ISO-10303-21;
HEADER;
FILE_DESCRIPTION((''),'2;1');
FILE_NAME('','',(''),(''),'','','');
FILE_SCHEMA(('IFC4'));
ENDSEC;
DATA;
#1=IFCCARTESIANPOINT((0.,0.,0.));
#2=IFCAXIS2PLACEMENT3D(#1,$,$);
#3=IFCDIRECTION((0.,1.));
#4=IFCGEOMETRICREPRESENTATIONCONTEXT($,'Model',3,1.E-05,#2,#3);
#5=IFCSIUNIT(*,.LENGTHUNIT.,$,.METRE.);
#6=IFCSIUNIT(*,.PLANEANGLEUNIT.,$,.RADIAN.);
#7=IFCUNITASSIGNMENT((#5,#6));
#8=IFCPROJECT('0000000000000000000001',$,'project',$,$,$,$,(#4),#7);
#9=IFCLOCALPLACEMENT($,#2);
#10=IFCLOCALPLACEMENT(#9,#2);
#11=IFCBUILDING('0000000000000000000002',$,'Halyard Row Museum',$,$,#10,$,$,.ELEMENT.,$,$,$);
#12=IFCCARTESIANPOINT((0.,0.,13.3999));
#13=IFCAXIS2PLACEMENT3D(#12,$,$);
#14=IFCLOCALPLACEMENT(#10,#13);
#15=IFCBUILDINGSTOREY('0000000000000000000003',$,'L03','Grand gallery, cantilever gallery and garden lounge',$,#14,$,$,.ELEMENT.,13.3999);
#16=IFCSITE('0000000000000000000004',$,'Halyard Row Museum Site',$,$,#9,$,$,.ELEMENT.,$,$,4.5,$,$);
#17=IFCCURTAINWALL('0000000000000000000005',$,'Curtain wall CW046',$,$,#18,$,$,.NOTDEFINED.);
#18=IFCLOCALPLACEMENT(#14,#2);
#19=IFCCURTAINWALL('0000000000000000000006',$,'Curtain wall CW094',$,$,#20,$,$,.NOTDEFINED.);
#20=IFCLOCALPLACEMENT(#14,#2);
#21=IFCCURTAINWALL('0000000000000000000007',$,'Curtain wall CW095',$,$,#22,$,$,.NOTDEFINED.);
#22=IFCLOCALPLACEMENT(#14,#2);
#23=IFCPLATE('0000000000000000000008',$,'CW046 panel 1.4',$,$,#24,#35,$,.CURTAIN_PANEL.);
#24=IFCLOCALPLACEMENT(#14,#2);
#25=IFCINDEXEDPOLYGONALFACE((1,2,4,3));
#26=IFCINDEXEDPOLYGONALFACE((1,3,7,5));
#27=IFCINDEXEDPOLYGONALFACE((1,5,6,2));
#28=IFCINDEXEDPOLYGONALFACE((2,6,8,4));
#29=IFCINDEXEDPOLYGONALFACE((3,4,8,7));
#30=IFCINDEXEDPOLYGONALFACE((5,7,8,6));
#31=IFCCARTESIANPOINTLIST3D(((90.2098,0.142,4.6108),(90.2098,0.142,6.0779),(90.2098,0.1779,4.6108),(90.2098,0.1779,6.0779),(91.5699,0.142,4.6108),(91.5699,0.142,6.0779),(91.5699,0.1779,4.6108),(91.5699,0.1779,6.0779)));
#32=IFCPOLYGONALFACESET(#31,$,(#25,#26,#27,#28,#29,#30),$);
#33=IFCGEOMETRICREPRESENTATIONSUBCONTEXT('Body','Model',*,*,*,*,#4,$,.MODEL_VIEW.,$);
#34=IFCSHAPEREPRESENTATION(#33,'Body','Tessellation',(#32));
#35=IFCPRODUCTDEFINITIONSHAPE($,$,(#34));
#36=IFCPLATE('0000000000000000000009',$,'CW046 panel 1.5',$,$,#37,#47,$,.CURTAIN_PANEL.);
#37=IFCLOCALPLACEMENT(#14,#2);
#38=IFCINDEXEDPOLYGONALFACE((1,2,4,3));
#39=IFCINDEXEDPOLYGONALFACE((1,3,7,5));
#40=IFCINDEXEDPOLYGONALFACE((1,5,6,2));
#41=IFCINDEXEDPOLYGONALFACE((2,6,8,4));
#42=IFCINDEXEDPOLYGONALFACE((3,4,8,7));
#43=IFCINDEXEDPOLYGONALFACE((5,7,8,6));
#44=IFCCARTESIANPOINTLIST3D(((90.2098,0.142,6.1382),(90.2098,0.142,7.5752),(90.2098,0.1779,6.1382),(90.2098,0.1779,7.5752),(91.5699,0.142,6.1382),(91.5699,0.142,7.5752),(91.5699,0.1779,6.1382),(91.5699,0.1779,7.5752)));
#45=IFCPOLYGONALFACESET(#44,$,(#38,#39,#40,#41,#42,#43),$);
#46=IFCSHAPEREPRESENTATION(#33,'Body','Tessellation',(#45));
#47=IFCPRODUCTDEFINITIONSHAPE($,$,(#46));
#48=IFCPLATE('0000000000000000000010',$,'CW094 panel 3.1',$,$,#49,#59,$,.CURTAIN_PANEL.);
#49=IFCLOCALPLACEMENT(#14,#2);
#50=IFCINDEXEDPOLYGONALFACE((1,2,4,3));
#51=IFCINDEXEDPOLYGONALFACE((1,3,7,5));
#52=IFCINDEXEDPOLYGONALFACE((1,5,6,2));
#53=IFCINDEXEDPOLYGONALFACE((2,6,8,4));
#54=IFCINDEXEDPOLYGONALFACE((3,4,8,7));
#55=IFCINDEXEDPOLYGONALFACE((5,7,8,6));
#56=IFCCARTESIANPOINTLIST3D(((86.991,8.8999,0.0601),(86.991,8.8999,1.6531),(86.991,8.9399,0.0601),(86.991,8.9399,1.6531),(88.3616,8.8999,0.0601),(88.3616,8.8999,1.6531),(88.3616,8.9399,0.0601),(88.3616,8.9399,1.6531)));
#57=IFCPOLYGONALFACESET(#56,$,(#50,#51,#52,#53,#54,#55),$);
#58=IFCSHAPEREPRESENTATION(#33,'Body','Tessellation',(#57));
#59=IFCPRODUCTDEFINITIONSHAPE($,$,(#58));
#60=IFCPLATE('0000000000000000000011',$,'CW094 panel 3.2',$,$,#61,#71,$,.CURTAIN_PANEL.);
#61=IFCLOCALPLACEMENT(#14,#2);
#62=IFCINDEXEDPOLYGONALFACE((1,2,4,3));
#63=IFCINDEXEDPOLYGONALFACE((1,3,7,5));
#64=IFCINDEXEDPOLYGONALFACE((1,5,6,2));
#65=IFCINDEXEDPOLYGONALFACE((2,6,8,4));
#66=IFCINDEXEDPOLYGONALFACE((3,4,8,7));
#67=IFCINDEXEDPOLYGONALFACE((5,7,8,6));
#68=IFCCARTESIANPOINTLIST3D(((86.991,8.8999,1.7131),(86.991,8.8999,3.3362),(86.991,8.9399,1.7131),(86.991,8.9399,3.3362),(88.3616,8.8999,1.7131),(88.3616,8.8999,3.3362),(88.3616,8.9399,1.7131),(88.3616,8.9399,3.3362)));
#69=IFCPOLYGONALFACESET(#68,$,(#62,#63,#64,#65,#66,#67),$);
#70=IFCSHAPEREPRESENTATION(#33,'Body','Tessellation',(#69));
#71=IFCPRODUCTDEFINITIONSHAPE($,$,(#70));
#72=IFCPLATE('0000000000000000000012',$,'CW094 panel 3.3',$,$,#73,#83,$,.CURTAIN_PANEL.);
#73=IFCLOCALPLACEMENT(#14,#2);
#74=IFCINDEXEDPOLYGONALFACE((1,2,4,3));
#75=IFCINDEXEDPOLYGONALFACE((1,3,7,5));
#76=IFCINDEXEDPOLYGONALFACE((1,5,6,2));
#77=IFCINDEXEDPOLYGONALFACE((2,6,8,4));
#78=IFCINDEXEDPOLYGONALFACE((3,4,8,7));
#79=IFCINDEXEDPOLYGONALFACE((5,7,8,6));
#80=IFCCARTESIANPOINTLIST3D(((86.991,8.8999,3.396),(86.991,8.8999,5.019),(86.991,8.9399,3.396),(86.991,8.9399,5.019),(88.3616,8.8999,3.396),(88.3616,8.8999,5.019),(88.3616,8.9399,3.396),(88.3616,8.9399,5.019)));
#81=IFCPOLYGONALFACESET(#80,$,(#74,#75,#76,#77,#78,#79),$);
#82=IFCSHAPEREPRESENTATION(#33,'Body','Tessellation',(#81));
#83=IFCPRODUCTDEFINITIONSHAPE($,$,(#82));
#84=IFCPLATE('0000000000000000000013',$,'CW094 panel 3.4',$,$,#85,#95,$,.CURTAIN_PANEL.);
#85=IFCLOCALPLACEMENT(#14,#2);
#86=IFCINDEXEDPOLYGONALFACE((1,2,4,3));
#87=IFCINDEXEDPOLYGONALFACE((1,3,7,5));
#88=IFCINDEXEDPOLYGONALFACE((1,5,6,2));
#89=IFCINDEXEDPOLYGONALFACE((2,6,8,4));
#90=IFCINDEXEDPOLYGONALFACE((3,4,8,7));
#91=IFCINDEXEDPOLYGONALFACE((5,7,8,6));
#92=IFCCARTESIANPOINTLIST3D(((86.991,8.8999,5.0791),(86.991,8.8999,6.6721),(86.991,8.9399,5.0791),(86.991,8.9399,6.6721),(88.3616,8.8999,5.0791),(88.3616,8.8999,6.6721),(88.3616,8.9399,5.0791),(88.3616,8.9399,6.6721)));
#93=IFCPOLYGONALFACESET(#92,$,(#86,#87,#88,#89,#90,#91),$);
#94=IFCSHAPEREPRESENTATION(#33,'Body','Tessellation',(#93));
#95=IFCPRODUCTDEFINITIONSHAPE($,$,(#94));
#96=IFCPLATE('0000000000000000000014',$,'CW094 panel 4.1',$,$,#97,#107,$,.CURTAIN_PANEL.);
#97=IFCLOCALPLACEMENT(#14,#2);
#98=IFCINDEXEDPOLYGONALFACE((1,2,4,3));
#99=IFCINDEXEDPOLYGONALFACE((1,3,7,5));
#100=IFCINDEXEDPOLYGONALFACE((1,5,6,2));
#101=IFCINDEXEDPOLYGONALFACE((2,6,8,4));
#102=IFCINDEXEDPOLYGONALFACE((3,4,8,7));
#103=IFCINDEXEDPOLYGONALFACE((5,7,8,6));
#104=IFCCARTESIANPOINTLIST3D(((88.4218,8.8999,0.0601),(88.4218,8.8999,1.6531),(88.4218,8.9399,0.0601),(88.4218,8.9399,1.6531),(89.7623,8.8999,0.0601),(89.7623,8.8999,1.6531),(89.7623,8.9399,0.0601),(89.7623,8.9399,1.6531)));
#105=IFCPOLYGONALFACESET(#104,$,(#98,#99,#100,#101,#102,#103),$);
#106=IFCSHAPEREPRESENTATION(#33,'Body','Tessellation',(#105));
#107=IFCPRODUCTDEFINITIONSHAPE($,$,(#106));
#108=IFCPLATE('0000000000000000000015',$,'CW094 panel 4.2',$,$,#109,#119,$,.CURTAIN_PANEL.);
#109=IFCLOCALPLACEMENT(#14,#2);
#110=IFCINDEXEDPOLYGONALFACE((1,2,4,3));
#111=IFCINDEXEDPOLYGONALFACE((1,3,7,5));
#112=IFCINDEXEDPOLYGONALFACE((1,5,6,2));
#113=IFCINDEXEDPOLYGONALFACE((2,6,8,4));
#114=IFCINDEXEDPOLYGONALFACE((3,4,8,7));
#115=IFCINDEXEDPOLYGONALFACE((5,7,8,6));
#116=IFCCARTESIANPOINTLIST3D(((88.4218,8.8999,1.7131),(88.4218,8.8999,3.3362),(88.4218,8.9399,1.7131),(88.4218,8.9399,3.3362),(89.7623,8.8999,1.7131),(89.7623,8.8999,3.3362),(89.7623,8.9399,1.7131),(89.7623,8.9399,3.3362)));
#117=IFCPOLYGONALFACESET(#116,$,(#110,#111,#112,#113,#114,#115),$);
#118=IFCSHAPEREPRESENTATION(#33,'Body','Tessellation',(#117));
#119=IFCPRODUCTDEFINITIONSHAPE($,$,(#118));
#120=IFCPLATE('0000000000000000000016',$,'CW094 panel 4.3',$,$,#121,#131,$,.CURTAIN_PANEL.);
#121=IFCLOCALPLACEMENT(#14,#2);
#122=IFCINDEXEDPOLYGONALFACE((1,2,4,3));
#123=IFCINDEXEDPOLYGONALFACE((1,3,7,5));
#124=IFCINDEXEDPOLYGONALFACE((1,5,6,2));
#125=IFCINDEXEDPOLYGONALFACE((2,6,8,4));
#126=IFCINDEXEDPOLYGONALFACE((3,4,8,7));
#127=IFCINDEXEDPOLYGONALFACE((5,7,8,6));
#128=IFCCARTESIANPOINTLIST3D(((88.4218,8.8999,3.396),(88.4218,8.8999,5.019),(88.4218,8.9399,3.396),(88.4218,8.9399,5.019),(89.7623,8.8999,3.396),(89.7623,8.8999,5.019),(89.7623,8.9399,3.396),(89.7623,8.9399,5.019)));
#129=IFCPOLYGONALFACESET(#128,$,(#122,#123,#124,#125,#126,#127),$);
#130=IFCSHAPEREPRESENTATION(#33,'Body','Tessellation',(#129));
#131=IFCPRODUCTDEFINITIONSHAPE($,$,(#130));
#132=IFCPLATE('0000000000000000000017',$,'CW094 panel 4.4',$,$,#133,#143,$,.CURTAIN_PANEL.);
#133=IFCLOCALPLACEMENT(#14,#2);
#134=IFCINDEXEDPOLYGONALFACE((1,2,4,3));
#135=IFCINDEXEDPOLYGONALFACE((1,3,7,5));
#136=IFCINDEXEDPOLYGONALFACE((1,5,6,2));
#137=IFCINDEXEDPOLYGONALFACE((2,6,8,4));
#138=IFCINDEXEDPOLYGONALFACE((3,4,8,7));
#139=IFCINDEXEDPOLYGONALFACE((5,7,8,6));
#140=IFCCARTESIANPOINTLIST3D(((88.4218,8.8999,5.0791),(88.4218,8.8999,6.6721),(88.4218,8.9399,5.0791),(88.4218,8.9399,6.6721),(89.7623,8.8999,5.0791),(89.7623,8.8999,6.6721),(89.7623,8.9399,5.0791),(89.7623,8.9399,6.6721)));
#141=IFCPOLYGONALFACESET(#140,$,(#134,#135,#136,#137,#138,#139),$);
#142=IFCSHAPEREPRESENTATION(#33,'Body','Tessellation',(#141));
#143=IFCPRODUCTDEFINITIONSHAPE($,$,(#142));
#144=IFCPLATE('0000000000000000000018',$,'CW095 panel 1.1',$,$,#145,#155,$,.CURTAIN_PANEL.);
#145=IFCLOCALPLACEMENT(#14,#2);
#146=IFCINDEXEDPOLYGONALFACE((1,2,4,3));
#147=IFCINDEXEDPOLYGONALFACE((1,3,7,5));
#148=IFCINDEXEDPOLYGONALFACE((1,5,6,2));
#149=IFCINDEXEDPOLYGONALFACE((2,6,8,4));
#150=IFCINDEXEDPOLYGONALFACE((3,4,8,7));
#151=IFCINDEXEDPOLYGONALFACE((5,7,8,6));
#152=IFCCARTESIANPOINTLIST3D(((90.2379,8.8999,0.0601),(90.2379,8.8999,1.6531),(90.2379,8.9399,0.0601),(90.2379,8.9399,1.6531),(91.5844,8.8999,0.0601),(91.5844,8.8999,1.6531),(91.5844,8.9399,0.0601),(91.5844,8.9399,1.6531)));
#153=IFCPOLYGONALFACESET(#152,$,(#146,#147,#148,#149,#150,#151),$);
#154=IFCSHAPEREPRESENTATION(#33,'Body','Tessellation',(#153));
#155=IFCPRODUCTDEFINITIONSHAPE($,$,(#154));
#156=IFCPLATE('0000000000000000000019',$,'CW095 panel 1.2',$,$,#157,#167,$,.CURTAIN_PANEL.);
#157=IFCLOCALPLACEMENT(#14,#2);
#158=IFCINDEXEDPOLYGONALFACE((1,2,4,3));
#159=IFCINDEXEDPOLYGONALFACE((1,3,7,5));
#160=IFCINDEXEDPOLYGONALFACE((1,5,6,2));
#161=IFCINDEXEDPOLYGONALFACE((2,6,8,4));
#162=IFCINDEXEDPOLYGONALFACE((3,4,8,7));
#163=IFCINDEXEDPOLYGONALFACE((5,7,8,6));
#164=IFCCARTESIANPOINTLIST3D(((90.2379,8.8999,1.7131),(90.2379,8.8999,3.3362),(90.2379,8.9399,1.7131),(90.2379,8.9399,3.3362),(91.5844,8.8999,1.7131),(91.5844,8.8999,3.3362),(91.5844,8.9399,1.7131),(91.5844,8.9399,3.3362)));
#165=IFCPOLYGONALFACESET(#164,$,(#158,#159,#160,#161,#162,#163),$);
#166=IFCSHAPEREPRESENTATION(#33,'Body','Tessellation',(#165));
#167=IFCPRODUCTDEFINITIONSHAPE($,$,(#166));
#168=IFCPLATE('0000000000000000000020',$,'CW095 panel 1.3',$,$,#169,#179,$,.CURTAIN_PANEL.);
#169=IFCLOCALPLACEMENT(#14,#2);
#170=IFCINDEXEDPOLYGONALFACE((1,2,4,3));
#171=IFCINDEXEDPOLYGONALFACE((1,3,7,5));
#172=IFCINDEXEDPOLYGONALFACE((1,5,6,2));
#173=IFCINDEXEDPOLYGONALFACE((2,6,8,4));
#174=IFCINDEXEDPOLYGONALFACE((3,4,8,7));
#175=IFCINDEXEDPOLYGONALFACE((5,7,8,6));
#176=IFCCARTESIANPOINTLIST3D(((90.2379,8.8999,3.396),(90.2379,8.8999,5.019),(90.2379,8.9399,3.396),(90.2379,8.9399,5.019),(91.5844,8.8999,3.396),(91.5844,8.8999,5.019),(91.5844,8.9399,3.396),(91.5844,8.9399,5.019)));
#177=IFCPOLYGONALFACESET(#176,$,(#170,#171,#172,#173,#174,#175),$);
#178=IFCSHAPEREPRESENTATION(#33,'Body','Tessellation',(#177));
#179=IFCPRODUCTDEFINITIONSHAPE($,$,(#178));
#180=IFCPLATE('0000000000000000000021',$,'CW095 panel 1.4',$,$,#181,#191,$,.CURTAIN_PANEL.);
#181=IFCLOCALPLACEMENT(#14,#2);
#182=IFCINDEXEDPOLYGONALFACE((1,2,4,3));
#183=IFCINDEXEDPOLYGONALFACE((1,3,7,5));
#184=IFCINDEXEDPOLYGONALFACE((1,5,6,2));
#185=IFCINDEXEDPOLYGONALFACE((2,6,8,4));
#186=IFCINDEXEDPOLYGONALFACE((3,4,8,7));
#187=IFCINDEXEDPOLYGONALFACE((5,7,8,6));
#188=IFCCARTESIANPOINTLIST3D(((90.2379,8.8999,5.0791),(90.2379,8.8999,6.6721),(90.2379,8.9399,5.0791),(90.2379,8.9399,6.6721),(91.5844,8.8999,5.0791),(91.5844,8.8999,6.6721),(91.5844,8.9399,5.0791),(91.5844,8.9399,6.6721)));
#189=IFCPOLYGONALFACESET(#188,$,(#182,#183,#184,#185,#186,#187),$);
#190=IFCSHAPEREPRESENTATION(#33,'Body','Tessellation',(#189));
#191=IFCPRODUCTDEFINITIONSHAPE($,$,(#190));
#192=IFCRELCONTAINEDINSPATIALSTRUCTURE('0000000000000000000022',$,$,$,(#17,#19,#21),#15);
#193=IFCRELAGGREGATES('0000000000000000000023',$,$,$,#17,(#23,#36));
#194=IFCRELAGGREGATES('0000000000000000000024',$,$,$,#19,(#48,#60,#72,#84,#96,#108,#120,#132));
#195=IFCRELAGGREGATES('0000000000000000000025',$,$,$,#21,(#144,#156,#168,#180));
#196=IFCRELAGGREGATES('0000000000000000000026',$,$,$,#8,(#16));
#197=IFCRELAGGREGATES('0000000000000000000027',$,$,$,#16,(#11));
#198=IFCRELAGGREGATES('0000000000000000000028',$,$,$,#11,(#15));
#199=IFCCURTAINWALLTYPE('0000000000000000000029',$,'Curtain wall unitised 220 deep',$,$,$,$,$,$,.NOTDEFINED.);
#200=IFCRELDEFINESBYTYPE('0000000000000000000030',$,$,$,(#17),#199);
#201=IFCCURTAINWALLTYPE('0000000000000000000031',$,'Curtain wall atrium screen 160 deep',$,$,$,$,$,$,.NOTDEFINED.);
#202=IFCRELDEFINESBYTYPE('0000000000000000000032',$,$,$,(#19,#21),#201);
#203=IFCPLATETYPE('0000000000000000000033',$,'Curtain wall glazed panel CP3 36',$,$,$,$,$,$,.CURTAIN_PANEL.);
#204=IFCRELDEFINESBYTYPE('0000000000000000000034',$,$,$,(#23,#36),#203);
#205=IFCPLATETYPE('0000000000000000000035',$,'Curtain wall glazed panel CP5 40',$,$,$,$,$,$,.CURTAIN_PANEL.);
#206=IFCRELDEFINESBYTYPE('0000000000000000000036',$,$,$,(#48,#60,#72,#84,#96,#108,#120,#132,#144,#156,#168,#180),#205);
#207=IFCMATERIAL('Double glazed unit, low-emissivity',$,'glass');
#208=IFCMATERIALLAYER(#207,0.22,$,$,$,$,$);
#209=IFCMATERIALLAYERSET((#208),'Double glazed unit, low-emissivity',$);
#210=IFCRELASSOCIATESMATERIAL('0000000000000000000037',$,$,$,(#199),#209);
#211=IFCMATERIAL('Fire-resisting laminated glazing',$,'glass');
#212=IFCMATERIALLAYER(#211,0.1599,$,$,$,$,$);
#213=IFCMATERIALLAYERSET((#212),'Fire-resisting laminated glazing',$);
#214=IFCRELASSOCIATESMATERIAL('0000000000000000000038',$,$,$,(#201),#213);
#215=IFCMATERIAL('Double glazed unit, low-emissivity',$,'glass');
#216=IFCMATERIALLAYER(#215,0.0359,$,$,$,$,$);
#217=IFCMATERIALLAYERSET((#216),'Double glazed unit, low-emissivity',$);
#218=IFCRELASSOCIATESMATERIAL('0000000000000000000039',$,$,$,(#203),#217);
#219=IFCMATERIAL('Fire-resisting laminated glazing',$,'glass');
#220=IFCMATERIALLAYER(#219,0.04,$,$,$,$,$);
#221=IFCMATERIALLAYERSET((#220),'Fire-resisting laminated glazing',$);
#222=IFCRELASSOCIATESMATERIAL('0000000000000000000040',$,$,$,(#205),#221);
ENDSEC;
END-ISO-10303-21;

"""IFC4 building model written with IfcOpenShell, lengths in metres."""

from ifc_helpers import new_model, si_unit, direction, frame, origin, origin_2d, place, context, subcontext, project, spatial, rectangle, extrude, material, layer, layer_set, type_object, element, aggregate, save


model = new_model("IFC4")

# Units and contexts
model_context = context("Model", 3, precision=1e-05, world=origin(), true_north=direction((0.0, 1.0)))
body_context = subcontext(model_context, "Body", "Model", "MODEL_VIEW")
ifc_project = project(units=[si_unit("LENGTHUNIT", "METRE"), si_unit("PLANEANGLEUNIT", "RADIAN")], contexts=[model_context])

# Site, building, storey
site_placement = place(None, origin())
site = spatial("IfcSite", under=ifc_project, at=site_placement, Name="Halyard Row Museum Site", CompositionType="ELEMENT", RefElevation=4.5)
building_placement = place(site_placement, origin())
building = spatial("IfcBuilding", under=site, at=building_placement, Name="Halyard Row Museum", CompositionType="ELEMENT")
storey_placement = place(building_placement, frame((0.0, 0.0, 13.3999)))
storey = spatial("IfcBuildingStorey", under=building, at=storey_placement, Name="L03", Description="Grand gallery, cantilever gallery and garden lounge", CompositionType="ELEMENT", Elevation=13.3999)

# Curtain wall
ifc_material_1 = material(Name="Double glazed unit, low-emissivity", Category="glass")
ifc_layer_1 = layer(ifc_material_1, 0.22)
ifc_layer_set_1 = layer_set([ifc_layer_1], Name="Double glazed unit, low-emissivity")
curtain_wall_type_1 = type_object("IfcCurtainWallType", Name="Curtain wall unitised 220 deep", PredefinedType="NOTDEFINED", material=ifc_layer_set_1)
curtain_wall_1_placement = place(storey_placement, origin())
curtain_wall_1 = element("IfcCurtainWall", 1, at=curtain_wall_1_placement, inside=storey, type_object=curtain_wall_type_1, Name="Curtain wall CW046", PredefinedType="NOTDEFINED")

# Curtain walls
ifc_material_2 = material(Name="Fire-resisting laminated glazing", Category="glass")
ifc_layer_2 = layer(ifc_material_2, 0.1599)
ifc_layer_set_2 = layer_set([ifc_layer_2], Name="Fire-resisting laminated glazing")
curtain_wall_type_2 = type_object("IfcCurtainWallType", Name="Curtain wall atrium screen 160 deep", PredefinedType="NOTDEFINED", material=ifc_layer_set_2)
curtain_wall_2_placement = place(storey_placement, origin())
curtain_wall_2 = element("IfcCurtainWall", 2, at=curtain_wall_2_placement, inside=storey, type_object=curtain_wall_type_2, Name="Curtain wall CW094", PredefinedType="NOTDEFINED")
curtain_wall_3_placement = place(storey_placement, origin())
curtain_wall_3 = element("IfcCurtainWall", 3, at=curtain_wall_3_placement, inside=storey, type_object=curtain_wall_type_2, Name="Curtain wall CW095", PredefinedType="NOTDEFINED")

# Plates
ifc_material_3 = material(Name="Double glazed unit, low-emissivity", Category="glass")
ifc_layer_3 = layer(ifc_material_3, 0.0359)
ifc_layer_set_3 = layer_set([ifc_layer_3], Name="Double glazed unit, low-emissivity")
plate_type_1 = type_object("IfcPlateType", Name="Curtain wall glazed panel CP3 36", PredefinedType="CURTAIN_PANEL", material=ifc_layer_set_3)
plate_1_placement = place(storey_placement, frame((90.8899, 0.1599, 4.6108), z_axis=(0.0, 0.0, 1.0), x_axis=(1.0, 0.0, 0.0)))
plate_1 = element("IfcPlate", 4, at=plate_1_placement, type_object=plate_type_1, Name="CW046 panel 1.4", PredefinedType="CURTAIN_PANEL", context=body_context, shape_type="SweptSolid", body=[
    extrude(rectangle(XDim=1.3601, YDim=0.0359, at=origin_2d()), origin(), (0.0, 0.0, 1.0), 1.467),
])
plate_2_placement = place(storey_placement, frame((90.8899, 0.1599, 6.1382), z_axis=(0.0, 0.0, 1.0), x_axis=(1.0, 0.0, 0.0)))
plate_2 = element("IfcPlate", 5, at=plate_2_placement, type_object=plate_type_1, Name="CW046 panel 1.5", PredefinedType="CURTAIN_PANEL", context=body_context, shape_type="SweptSolid", body=[
    extrude(rectangle(XDim=1.3601, YDim=0.0359, at=origin_2d()), origin(), (0.0, 0.0, 1.0), 1.437),
])
aggregate(curtain_wall_1, [plate_1, plate_2])
ifc_material_4 = material(Name="Fire-resisting laminated glazing", Category="glass")
ifc_layer_4 = layer(ifc_material_4, 0.04)
ifc_layer_set_4 = layer_set([ifc_layer_4], Name="Fire-resisting laminated glazing")
plate_type_2 = type_object("IfcPlateType", Name="Curtain wall glazed panel CP5 40", PredefinedType="CURTAIN_PANEL", material=ifc_layer_set_4)
plate_3_placement = place(storey_placement, frame((87.6763, 8.9199, 0.0601), z_axis=(0.0, 0.0, 1.0), x_axis=(1.0, 0.0, 0.0)))
plate_3 = element("IfcPlate", 6, at=plate_3_placement, type_object=plate_type_2, Name="CW094 panel 3.1", PredefinedType="CURTAIN_PANEL", context=body_context, shape_type="SweptSolid", body=[
    extrude(rectangle(XDim=1.3706, YDim=0.04, at=origin_2d()), origin(), (0.0, 0.0, 1.0), 1.593),
])
plate_4_placement = place(storey_placement, frame((87.6763, 8.9199, 1.7131), z_axis=(0.0, 0.0, 1.0), x_axis=(1.0, 0.0, 0.0)))
plate_4 = element("IfcPlate", 7, at=plate_4_placement, type_object=plate_type_2, Name="CW094 panel 3.2", PredefinedType="CURTAIN_PANEL", context=body_context, shape_type="SweptSolid", body=[
    extrude(rectangle(XDim=1.3706, YDim=0.04, at=origin_2d()), origin(), (0.0, 0.0, 1.0), 1.623),
])
plate_5_placement = place(storey_placement, frame((87.6763, 8.9199, 3.396), z_axis=(0.0, 0.0, 1.0), x_axis=(1.0, 0.0, 0.0)))
plate_5 = element("IfcPlate", 8, at=plate_5_placement, type_object=plate_type_2, Name="CW094 panel 3.3", PredefinedType="CURTAIN_PANEL", context=body_context, shape_type="SweptSolid", body=[
    extrude(rectangle(XDim=1.3706, YDim=0.04, at=origin_2d()), origin(), (0.0, 0.0, 1.0), 1.623),
])
plate_6_placement = place(storey_placement, frame((87.6763, 8.9199, 5.0791), z_axis=(0.0, 0.0, 1.0), x_axis=(1.0, 0.0, 0.0)))
plate_6 = element("IfcPlate", 9, at=plate_6_placement, type_object=plate_type_2, Name="CW094 panel 3.4", PredefinedType="CURTAIN_PANEL", context=body_context, shape_type="SweptSolid", body=[
    extrude(rectangle(XDim=1.3706, YDim=0.04, at=origin_2d()), origin(), (0.0, 0.0, 1.0), 1.593),
])
plate_7_placement = place(storey_placement, frame((89.092, 8.9199, 0.0601), z_axis=(0.0, 0.0, 1.0), x_axis=(1.0, 0.0, 0.0)))
plate_7 = element("IfcPlate", 10, at=plate_7_placement, type_object=plate_type_2, Name="CW094 panel 4.1", PredefinedType="CURTAIN_PANEL", context=body_context, shape_type="SweptSolid", body=[
    extrude(rectangle(XDim=1.3406, YDim=0.04, at=origin_2d()), origin(), (0.0, 0.0, 1.0), 1.593),
])
plate_8_placement = place(storey_placement, frame((89.092, 8.9199, 1.7131), z_axis=(0.0, 0.0, 1.0), x_axis=(1.0, 0.0, 0.0)))
plate_8 = element("IfcPlate", 11, at=plate_8_placement, type_object=plate_type_2, Name="CW094 panel 4.2", PredefinedType="CURTAIN_PANEL", context=body_context, shape_type="SweptSolid", body=[
    extrude(rectangle(XDim=1.3406, YDim=0.04, at=origin_2d()), origin(), (0.0, 0.0, 1.0), 1.623),
])
plate_9_placement = place(storey_placement, frame((89.092, 8.9199, 3.396), z_axis=(0.0, 0.0, 1.0), x_axis=(1.0, 0.0, 0.0)))
plate_9 = element("IfcPlate", 12, at=plate_9_placement, type_object=plate_type_2, Name="CW094 panel 4.3", PredefinedType="CURTAIN_PANEL", context=body_context, shape_type="SweptSolid", body=[
    extrude(rectangle(XDim=1.3406, YDim=0.04, at=origin_2d()), origin(), (0.0, 0.0, 1.0), 1.623),
])
plate_10_placement = place(storey_placement, frame((89.092, 8.9199, 5.0791), z_axis=(0.0, 0.0, 1.0), x_axis=(1.0, 0.0, 0.0)))
plate_10 = element("IfcPlate", 13, at=plate_10_placement, type_object=plate_type_2, Name="CW094 panel 4.4", PredefinedType="CURTAIN_PANEL", context=body_context, shape_type="SweptSolid", body=[
    extrude(rectangle(XDim=1.3406, YDim=0.04, at=origin_2d()), origin(), (0.0, 0.0, 1.0), 1.593),
])
aggregate(curtain_wall_2, [plate_3, plate_4, plate_5, plate_6, plate_7, plate_8, plate_9, plate_10])
plate_11_placement = place(storey_placement, frame((90.9111, 8.9199, 0.0601), z_axis=(0.0, 0.0, 1.0), x_axis=(1.0, 0.0, 0.0)))
plate_11 = element("IfcPlate", 14, at=plate_11_placement, type_object=plate_type_2, Name="CW095 panel 1.1", PredefinedType="CURTAIN_PANEL", context=body_context, shape_type="SweptSolid", body=[
    extrude(rectangle(XDim=1.3464, YDim=0.04, at=origin_2d()), origin(), (0.0, 0.0, 1.0), 1.593),
])
plate_12_placement = place(storey_placement, frame((90.9111, 8.9199, 1.7131), z_axis=(0.0, 0.0, 1.0), x_axis=(1.0, 0.0, 0.0)))
plate_12 = element("IfcPlate", 15, at=plate_12_placement, type_object=plate_type_2, Name="CW095 panel 1.2", PredefinedType="CURTAIN_PANEL", context=body_context, shape_type="SweptSolid", body=[
    extrude(rectangle(XDim=1.3464, YDim=0.04, at=origin_2d()), origin(), (0.0, 0.0, 1.0), 1.623),
])
plate_13_placement = place(storey_placement, frame((90.9111, 8.9199, 3.396), z_axis=(0.0, 0.0, 1.0), x_axis=(1.0, 0.0, 0.0)))
plate_13 = element("IfcPlate", 16, at=plate_13_placement, type_object=plate_type_2, Name="CW095 panel 1.3", PredefinedType="CURTAIN_PANEL", context=body_context, shape_type="SweptSolid", body=[
    extrude(rectangle(XDim=1.3464, YDim=0.04, at=origin_2d()), origin(), (0.0, 0.0, 1.0), 1.623),
])
plate_14_placement = place(storey_placement, frame((90.9111, 8.9199, 5.0791), z_axis=(0.0, 0.0, 1.0), x_axis=(1.0, 0.0, 0.0)))
plate_14 = element("IfcPlate", 17, at=plate_14_placement, type_object=plate_type_2, Name="CW095 panel 1.4", PredefinedType="CURTAIN_PANEL", context=body_context, shape_type="SweptSolid", body=[
    extrude(rectangle(XDim=1.3464, YDim=0.04, at=origin_2d()), origin(), (0.0, 0.0, 1.0), 1.593),
])
aggregate(curtain_wall_3, [plate_11, plate_12, plate_13, plate_14])

save(model, "model.ifc")
